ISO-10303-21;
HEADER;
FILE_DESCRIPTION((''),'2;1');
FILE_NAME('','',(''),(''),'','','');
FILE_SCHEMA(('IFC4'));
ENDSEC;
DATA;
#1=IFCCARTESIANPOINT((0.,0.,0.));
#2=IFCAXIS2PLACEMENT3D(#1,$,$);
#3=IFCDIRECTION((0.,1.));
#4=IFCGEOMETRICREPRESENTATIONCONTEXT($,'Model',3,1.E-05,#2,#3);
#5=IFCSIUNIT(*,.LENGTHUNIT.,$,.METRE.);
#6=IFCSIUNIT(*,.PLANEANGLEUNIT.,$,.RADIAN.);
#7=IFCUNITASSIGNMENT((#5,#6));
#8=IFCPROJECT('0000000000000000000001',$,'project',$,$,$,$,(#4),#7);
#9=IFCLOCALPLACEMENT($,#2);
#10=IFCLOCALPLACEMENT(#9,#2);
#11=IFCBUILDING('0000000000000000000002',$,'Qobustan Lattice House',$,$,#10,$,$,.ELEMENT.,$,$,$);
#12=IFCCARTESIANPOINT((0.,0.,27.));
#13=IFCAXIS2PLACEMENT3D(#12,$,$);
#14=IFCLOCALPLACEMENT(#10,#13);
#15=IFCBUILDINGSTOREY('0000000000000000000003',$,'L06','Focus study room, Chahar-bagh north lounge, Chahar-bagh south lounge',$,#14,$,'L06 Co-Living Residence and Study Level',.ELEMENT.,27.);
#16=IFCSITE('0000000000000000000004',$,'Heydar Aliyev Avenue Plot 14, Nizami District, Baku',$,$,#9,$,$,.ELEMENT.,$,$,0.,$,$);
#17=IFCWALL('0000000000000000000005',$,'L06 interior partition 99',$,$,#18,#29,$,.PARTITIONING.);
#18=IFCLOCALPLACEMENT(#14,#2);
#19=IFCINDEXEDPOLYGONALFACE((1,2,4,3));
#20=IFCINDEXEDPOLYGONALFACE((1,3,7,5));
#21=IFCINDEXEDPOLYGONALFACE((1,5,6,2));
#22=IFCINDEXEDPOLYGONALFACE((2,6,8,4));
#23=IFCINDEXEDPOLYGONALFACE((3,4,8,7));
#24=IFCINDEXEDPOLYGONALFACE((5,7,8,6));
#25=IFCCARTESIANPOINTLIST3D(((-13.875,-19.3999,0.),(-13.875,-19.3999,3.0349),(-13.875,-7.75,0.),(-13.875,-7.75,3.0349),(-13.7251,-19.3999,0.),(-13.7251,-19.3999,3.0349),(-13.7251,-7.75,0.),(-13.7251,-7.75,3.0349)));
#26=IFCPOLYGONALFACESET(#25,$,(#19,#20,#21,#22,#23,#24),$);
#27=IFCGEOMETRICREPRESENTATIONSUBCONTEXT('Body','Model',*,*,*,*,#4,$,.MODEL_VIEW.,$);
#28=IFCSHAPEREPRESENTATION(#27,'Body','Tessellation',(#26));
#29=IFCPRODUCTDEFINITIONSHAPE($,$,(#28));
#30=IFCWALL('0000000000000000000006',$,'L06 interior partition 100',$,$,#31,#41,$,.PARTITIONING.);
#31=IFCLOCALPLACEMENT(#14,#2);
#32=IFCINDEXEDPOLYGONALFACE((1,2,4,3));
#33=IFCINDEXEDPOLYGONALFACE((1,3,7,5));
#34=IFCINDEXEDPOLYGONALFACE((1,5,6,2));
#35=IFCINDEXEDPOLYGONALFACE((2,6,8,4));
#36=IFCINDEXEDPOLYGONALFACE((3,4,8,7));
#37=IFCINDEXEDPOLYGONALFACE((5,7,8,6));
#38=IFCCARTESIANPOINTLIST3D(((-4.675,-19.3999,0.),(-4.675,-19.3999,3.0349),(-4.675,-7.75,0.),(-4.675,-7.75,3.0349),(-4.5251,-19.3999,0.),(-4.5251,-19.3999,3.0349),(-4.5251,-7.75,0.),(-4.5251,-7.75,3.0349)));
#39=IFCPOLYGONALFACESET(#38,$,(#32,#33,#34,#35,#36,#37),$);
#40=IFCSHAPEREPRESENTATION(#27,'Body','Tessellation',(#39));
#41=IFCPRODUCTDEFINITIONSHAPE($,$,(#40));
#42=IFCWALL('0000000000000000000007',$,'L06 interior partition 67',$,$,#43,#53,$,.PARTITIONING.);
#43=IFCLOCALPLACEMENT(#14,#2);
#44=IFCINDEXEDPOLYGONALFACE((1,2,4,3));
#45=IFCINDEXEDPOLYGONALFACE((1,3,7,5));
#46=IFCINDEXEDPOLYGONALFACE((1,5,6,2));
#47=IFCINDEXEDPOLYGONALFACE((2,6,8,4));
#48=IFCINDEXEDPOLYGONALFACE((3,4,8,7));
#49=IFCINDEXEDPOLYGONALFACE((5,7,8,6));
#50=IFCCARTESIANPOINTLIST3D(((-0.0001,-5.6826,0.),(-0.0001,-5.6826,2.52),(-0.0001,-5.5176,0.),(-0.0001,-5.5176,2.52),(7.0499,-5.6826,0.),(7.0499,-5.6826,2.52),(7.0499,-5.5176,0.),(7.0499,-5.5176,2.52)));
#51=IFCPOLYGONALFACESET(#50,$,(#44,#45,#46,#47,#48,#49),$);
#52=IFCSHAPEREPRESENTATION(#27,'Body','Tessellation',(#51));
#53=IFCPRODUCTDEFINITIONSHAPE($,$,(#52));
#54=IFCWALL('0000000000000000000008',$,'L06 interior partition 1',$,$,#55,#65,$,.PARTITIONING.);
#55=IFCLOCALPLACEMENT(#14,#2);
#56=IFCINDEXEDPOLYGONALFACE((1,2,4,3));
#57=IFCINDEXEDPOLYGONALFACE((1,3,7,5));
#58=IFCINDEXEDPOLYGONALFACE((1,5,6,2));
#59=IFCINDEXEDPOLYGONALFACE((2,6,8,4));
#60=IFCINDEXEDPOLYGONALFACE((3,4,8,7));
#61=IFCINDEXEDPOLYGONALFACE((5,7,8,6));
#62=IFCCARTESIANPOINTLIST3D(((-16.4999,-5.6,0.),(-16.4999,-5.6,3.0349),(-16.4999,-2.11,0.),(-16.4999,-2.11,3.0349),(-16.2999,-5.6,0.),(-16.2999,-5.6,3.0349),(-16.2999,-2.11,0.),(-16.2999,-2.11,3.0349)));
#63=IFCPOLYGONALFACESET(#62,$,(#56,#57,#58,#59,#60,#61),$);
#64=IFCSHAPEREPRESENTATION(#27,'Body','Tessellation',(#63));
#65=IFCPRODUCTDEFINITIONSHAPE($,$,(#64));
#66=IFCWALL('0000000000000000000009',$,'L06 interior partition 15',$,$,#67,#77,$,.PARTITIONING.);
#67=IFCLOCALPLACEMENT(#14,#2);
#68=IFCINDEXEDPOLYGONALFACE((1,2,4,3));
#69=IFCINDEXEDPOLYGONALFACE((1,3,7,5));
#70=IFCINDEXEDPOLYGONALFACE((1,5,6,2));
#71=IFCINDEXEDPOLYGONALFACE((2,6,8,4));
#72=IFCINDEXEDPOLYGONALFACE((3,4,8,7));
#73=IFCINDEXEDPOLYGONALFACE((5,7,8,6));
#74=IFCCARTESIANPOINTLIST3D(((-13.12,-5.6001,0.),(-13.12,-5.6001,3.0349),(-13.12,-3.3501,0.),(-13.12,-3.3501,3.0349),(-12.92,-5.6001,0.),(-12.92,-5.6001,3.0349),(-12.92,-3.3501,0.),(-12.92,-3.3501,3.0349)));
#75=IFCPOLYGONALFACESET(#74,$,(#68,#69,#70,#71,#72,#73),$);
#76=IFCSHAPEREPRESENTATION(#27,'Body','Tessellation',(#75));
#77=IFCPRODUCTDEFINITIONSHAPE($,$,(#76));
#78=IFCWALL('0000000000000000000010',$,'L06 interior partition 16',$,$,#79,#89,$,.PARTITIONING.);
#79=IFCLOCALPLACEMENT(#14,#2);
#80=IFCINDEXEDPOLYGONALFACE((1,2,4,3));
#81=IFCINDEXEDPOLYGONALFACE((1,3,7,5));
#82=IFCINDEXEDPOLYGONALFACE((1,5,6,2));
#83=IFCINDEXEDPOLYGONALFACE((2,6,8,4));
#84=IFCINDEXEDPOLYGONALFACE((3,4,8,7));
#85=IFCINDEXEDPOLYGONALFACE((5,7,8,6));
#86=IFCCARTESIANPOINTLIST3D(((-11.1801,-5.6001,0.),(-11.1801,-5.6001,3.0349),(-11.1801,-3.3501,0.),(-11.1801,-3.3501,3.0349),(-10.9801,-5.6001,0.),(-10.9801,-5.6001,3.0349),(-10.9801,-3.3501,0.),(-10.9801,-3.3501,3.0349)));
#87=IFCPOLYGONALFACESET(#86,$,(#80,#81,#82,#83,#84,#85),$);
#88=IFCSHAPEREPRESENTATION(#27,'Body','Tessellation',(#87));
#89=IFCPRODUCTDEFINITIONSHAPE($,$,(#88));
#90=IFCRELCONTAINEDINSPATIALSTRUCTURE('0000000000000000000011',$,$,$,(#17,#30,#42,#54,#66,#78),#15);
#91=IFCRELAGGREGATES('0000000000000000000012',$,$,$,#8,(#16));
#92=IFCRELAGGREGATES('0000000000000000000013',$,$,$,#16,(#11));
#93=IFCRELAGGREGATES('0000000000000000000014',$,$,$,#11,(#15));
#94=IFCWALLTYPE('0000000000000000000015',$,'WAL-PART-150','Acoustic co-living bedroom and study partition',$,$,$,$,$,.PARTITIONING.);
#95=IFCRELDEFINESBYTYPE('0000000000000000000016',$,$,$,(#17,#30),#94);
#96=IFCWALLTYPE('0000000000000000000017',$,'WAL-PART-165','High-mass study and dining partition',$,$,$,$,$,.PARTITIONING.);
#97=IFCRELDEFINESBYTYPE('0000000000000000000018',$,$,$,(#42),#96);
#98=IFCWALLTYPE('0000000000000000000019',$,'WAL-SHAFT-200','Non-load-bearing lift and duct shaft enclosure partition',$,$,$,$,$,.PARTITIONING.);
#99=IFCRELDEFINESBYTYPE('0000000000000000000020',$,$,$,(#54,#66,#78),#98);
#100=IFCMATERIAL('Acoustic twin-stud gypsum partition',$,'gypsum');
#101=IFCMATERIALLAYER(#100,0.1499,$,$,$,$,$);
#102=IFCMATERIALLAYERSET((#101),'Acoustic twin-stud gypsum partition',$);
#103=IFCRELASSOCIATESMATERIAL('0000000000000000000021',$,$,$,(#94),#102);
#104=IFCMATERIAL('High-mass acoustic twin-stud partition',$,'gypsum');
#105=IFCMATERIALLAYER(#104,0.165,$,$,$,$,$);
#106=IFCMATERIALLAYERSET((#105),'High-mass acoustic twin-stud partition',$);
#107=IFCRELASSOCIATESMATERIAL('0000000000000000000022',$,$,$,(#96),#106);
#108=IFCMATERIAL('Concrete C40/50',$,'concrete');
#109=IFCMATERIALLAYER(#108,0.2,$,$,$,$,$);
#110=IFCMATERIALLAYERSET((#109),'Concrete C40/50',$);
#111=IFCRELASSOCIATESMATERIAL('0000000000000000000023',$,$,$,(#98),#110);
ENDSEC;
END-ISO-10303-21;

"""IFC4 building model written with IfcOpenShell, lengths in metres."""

from ifc_helpers import new_model, si_unit, direction, frame, frame_2d, origin, place, context, subcontext, project, spatial, rectangle, extrude, material, layer, layer_set, type_object, element, save


model = new_model("IFC4")

# Units and contexts
model_context = context("Model", 3, precision=1e-05, world=origin(), true_north=direction((0.0, 1.0)))
body_context = subcontext(model_context, "Body", "Model", "MODEL_VIEW")
ifc_project = project(units=[si_unit("LENGTHUNIT", "METRE"), si_unit("PLANEANGLEUNIT", "RADIAN")], contexts=[model_context])

# Site, building, storey
site_placement = place(None, origin())
site = spatial("IfcSite", under=ifc_project, at=site_placement, Name="Heydar Aliyev Avenue Plot 14, Nizami District, Baku", CompositionType="ELEMENT", RefElevation=0.0)
building_placement = place(site_placement, origin())
building = spatial("IfcBuilding", under=site, at=building_placement, Name="Qobustan Lattice House", CompositionType="ELEMENT")
storey_placement = place(building_placement, frame((0.0, 0.0, 27.0)))
storey = spatial("IfcBuildingStorey", under=building, at=storey_placement, Name="L06", Description="Focus study room, Chahar-bagh north lounge, Chahar-bagh south lounge", LongName="L06 Co-Living Residence and Study Level", CompositionType="ELEMENT", Elevation=27.0)

# Shared definitions
ifc_material_1 = material(Name="Acoustic twin-stud gypsum partition", Category="gypsum")
ifc_layer_1 = layer(ifc_material_1, 0.1499)
ifc_layer_set_1 = layer_set([ifc_layer_1], Name="Acoustic twin-stud gypsum partition")
wall_type_1 = type_object("IfcWallType", Name="WAL-PART-150", Description="Acoustic co-living bedroom and study partition", PredefinedType="PARTITIONING", material=ifc_layer_set_1)

# Walls
for number, where, z_axis, x_axis, name in (
    (1, (-13.8, -7.75, 0.0), (0.0, 0.0, 1.0), (0.0, -1.0, 0.0), "L06 interior partition 99"),
    (2, (-4.6001, -7.75, 0.0), (0.0, 0.0, 1.0), (0.0, -1.0, 0.0), "L06 interior partition 100"),
):
    element("IfcWall", number, at=place(storey_placement, frame(where, z_axis=z_axis, x_axis=x_axis)), inside=storey, type_object=wall_type_1, Name=name, PredefinedType="PARTITIONING", context=body_context, shape_type="SweptSolid", body=[
        extrude(rectangle(XDim=11.6499, YDim=0.1499, at=frame_2d((5.825, 0.0))), origin(), (0.0, 0.0, 1.0), 3.0349),
    ])

# Shared definitions
ifc_material_2 = material(Name="High-mass acoustic twin-stud partition", Category="gypsum")
ifc_layer_2 = layer(ifc_material_2, 0.165)
ifc_layer_set_2 = layer_set([ifc_layer_2], Name="High-mass acoustic twin-stud partition")
wall_type_2 = type_object("IfcWallType", Name="WAL-PART-165", Description="High-mass study and dining partition", PredefinedType="PARTITIONING", material=ifc_layer_set_2)

# Walls
wall_1_placement = place(storey_placement, frame((0.0, -5.6001, 0.0), z_axis=(0.0, 0.0, 1.0), x_axis=(1.0, 0.0, 0.0)))
element("IfcWall", 3, at=wall_1_placement, inside=storey, type_object=wall_type_2, Name="L06 interior partition 67", PredefinedType="PARTITIONING", context=body_context, shape_type="SweptSolid", body=[
    extrude(rectangle(XDim=7.05, YDim=0.165, at=frame_2d((3.5249, 0.0))), origin(), (0.0, 0.0, 1.0), 2.52),
])
ifc_material_3 = material(Name="Concrete C40/50", Category="concrete")
ifc_layer_3 = layer(ifc_material_3, 0.2)
ifc_layer_set_3 = layer_set([ifc_layer_3], Name="Concrete C40/50")
wall_type_3 = type_object("IfcWallType", Name="WAL-SHAFT-200", Description="Non-load-bearing lift and duct shaft enclosure partition", PredefinedType="PARTITIONING", material=ifc_layer_set_3)
wall_2_placement = place(storey_placement, frame((-16.3999, -5.6001, 0.0), z_axis=(0.0, 0.0, 1.0), x_axis=(0.0, 1.0, 0.0)))
element("IfcWall", 4, at=wall_2_placement, inside=storey, type_object=wall_type_3, Name="L06 interior partition 1", PredefinedType="PARTITIONING", context=body_context, shape_type="SweptSolid", body=[
    extrude(rectangle(XDim=3.49, YDim=0.2, at=frame_2d((1.7451, 0.0))), origin(), (0.0, 0.0, 1.0), 3.0349),
])
for number, where, z_axis, x_axis, name in (
    (5, (-13.02, -5.6001, 0.0), (0.0, 0.0, 1.0), (0.0, 1.0, 0.0), "L06 interior partition 15"),
    (6, (-11.0801, -5.6001, 0.0), (0.0, 0.0, 1.0), (0.0, 1.0, 0.0), "L06 interior partition 16"),
):
    element("IfcWall", number, at=place(storey_placement, frame(where, z_axis=z_axis, x_axis=x_axis)), inside=storey, type_object=wall_type_3, Name=name, PredefinedType="PARTITIONING", context=body_context, shape_type="SweptSolid", body=[
        extrude(rectangle(XDim=2.25, YDim=0.2, at=frame_2d((1.125, 0.0))), origin(), (0.0, 0.0, 1.0), 3.0349),
    ])

save(model, "model.ifc")
